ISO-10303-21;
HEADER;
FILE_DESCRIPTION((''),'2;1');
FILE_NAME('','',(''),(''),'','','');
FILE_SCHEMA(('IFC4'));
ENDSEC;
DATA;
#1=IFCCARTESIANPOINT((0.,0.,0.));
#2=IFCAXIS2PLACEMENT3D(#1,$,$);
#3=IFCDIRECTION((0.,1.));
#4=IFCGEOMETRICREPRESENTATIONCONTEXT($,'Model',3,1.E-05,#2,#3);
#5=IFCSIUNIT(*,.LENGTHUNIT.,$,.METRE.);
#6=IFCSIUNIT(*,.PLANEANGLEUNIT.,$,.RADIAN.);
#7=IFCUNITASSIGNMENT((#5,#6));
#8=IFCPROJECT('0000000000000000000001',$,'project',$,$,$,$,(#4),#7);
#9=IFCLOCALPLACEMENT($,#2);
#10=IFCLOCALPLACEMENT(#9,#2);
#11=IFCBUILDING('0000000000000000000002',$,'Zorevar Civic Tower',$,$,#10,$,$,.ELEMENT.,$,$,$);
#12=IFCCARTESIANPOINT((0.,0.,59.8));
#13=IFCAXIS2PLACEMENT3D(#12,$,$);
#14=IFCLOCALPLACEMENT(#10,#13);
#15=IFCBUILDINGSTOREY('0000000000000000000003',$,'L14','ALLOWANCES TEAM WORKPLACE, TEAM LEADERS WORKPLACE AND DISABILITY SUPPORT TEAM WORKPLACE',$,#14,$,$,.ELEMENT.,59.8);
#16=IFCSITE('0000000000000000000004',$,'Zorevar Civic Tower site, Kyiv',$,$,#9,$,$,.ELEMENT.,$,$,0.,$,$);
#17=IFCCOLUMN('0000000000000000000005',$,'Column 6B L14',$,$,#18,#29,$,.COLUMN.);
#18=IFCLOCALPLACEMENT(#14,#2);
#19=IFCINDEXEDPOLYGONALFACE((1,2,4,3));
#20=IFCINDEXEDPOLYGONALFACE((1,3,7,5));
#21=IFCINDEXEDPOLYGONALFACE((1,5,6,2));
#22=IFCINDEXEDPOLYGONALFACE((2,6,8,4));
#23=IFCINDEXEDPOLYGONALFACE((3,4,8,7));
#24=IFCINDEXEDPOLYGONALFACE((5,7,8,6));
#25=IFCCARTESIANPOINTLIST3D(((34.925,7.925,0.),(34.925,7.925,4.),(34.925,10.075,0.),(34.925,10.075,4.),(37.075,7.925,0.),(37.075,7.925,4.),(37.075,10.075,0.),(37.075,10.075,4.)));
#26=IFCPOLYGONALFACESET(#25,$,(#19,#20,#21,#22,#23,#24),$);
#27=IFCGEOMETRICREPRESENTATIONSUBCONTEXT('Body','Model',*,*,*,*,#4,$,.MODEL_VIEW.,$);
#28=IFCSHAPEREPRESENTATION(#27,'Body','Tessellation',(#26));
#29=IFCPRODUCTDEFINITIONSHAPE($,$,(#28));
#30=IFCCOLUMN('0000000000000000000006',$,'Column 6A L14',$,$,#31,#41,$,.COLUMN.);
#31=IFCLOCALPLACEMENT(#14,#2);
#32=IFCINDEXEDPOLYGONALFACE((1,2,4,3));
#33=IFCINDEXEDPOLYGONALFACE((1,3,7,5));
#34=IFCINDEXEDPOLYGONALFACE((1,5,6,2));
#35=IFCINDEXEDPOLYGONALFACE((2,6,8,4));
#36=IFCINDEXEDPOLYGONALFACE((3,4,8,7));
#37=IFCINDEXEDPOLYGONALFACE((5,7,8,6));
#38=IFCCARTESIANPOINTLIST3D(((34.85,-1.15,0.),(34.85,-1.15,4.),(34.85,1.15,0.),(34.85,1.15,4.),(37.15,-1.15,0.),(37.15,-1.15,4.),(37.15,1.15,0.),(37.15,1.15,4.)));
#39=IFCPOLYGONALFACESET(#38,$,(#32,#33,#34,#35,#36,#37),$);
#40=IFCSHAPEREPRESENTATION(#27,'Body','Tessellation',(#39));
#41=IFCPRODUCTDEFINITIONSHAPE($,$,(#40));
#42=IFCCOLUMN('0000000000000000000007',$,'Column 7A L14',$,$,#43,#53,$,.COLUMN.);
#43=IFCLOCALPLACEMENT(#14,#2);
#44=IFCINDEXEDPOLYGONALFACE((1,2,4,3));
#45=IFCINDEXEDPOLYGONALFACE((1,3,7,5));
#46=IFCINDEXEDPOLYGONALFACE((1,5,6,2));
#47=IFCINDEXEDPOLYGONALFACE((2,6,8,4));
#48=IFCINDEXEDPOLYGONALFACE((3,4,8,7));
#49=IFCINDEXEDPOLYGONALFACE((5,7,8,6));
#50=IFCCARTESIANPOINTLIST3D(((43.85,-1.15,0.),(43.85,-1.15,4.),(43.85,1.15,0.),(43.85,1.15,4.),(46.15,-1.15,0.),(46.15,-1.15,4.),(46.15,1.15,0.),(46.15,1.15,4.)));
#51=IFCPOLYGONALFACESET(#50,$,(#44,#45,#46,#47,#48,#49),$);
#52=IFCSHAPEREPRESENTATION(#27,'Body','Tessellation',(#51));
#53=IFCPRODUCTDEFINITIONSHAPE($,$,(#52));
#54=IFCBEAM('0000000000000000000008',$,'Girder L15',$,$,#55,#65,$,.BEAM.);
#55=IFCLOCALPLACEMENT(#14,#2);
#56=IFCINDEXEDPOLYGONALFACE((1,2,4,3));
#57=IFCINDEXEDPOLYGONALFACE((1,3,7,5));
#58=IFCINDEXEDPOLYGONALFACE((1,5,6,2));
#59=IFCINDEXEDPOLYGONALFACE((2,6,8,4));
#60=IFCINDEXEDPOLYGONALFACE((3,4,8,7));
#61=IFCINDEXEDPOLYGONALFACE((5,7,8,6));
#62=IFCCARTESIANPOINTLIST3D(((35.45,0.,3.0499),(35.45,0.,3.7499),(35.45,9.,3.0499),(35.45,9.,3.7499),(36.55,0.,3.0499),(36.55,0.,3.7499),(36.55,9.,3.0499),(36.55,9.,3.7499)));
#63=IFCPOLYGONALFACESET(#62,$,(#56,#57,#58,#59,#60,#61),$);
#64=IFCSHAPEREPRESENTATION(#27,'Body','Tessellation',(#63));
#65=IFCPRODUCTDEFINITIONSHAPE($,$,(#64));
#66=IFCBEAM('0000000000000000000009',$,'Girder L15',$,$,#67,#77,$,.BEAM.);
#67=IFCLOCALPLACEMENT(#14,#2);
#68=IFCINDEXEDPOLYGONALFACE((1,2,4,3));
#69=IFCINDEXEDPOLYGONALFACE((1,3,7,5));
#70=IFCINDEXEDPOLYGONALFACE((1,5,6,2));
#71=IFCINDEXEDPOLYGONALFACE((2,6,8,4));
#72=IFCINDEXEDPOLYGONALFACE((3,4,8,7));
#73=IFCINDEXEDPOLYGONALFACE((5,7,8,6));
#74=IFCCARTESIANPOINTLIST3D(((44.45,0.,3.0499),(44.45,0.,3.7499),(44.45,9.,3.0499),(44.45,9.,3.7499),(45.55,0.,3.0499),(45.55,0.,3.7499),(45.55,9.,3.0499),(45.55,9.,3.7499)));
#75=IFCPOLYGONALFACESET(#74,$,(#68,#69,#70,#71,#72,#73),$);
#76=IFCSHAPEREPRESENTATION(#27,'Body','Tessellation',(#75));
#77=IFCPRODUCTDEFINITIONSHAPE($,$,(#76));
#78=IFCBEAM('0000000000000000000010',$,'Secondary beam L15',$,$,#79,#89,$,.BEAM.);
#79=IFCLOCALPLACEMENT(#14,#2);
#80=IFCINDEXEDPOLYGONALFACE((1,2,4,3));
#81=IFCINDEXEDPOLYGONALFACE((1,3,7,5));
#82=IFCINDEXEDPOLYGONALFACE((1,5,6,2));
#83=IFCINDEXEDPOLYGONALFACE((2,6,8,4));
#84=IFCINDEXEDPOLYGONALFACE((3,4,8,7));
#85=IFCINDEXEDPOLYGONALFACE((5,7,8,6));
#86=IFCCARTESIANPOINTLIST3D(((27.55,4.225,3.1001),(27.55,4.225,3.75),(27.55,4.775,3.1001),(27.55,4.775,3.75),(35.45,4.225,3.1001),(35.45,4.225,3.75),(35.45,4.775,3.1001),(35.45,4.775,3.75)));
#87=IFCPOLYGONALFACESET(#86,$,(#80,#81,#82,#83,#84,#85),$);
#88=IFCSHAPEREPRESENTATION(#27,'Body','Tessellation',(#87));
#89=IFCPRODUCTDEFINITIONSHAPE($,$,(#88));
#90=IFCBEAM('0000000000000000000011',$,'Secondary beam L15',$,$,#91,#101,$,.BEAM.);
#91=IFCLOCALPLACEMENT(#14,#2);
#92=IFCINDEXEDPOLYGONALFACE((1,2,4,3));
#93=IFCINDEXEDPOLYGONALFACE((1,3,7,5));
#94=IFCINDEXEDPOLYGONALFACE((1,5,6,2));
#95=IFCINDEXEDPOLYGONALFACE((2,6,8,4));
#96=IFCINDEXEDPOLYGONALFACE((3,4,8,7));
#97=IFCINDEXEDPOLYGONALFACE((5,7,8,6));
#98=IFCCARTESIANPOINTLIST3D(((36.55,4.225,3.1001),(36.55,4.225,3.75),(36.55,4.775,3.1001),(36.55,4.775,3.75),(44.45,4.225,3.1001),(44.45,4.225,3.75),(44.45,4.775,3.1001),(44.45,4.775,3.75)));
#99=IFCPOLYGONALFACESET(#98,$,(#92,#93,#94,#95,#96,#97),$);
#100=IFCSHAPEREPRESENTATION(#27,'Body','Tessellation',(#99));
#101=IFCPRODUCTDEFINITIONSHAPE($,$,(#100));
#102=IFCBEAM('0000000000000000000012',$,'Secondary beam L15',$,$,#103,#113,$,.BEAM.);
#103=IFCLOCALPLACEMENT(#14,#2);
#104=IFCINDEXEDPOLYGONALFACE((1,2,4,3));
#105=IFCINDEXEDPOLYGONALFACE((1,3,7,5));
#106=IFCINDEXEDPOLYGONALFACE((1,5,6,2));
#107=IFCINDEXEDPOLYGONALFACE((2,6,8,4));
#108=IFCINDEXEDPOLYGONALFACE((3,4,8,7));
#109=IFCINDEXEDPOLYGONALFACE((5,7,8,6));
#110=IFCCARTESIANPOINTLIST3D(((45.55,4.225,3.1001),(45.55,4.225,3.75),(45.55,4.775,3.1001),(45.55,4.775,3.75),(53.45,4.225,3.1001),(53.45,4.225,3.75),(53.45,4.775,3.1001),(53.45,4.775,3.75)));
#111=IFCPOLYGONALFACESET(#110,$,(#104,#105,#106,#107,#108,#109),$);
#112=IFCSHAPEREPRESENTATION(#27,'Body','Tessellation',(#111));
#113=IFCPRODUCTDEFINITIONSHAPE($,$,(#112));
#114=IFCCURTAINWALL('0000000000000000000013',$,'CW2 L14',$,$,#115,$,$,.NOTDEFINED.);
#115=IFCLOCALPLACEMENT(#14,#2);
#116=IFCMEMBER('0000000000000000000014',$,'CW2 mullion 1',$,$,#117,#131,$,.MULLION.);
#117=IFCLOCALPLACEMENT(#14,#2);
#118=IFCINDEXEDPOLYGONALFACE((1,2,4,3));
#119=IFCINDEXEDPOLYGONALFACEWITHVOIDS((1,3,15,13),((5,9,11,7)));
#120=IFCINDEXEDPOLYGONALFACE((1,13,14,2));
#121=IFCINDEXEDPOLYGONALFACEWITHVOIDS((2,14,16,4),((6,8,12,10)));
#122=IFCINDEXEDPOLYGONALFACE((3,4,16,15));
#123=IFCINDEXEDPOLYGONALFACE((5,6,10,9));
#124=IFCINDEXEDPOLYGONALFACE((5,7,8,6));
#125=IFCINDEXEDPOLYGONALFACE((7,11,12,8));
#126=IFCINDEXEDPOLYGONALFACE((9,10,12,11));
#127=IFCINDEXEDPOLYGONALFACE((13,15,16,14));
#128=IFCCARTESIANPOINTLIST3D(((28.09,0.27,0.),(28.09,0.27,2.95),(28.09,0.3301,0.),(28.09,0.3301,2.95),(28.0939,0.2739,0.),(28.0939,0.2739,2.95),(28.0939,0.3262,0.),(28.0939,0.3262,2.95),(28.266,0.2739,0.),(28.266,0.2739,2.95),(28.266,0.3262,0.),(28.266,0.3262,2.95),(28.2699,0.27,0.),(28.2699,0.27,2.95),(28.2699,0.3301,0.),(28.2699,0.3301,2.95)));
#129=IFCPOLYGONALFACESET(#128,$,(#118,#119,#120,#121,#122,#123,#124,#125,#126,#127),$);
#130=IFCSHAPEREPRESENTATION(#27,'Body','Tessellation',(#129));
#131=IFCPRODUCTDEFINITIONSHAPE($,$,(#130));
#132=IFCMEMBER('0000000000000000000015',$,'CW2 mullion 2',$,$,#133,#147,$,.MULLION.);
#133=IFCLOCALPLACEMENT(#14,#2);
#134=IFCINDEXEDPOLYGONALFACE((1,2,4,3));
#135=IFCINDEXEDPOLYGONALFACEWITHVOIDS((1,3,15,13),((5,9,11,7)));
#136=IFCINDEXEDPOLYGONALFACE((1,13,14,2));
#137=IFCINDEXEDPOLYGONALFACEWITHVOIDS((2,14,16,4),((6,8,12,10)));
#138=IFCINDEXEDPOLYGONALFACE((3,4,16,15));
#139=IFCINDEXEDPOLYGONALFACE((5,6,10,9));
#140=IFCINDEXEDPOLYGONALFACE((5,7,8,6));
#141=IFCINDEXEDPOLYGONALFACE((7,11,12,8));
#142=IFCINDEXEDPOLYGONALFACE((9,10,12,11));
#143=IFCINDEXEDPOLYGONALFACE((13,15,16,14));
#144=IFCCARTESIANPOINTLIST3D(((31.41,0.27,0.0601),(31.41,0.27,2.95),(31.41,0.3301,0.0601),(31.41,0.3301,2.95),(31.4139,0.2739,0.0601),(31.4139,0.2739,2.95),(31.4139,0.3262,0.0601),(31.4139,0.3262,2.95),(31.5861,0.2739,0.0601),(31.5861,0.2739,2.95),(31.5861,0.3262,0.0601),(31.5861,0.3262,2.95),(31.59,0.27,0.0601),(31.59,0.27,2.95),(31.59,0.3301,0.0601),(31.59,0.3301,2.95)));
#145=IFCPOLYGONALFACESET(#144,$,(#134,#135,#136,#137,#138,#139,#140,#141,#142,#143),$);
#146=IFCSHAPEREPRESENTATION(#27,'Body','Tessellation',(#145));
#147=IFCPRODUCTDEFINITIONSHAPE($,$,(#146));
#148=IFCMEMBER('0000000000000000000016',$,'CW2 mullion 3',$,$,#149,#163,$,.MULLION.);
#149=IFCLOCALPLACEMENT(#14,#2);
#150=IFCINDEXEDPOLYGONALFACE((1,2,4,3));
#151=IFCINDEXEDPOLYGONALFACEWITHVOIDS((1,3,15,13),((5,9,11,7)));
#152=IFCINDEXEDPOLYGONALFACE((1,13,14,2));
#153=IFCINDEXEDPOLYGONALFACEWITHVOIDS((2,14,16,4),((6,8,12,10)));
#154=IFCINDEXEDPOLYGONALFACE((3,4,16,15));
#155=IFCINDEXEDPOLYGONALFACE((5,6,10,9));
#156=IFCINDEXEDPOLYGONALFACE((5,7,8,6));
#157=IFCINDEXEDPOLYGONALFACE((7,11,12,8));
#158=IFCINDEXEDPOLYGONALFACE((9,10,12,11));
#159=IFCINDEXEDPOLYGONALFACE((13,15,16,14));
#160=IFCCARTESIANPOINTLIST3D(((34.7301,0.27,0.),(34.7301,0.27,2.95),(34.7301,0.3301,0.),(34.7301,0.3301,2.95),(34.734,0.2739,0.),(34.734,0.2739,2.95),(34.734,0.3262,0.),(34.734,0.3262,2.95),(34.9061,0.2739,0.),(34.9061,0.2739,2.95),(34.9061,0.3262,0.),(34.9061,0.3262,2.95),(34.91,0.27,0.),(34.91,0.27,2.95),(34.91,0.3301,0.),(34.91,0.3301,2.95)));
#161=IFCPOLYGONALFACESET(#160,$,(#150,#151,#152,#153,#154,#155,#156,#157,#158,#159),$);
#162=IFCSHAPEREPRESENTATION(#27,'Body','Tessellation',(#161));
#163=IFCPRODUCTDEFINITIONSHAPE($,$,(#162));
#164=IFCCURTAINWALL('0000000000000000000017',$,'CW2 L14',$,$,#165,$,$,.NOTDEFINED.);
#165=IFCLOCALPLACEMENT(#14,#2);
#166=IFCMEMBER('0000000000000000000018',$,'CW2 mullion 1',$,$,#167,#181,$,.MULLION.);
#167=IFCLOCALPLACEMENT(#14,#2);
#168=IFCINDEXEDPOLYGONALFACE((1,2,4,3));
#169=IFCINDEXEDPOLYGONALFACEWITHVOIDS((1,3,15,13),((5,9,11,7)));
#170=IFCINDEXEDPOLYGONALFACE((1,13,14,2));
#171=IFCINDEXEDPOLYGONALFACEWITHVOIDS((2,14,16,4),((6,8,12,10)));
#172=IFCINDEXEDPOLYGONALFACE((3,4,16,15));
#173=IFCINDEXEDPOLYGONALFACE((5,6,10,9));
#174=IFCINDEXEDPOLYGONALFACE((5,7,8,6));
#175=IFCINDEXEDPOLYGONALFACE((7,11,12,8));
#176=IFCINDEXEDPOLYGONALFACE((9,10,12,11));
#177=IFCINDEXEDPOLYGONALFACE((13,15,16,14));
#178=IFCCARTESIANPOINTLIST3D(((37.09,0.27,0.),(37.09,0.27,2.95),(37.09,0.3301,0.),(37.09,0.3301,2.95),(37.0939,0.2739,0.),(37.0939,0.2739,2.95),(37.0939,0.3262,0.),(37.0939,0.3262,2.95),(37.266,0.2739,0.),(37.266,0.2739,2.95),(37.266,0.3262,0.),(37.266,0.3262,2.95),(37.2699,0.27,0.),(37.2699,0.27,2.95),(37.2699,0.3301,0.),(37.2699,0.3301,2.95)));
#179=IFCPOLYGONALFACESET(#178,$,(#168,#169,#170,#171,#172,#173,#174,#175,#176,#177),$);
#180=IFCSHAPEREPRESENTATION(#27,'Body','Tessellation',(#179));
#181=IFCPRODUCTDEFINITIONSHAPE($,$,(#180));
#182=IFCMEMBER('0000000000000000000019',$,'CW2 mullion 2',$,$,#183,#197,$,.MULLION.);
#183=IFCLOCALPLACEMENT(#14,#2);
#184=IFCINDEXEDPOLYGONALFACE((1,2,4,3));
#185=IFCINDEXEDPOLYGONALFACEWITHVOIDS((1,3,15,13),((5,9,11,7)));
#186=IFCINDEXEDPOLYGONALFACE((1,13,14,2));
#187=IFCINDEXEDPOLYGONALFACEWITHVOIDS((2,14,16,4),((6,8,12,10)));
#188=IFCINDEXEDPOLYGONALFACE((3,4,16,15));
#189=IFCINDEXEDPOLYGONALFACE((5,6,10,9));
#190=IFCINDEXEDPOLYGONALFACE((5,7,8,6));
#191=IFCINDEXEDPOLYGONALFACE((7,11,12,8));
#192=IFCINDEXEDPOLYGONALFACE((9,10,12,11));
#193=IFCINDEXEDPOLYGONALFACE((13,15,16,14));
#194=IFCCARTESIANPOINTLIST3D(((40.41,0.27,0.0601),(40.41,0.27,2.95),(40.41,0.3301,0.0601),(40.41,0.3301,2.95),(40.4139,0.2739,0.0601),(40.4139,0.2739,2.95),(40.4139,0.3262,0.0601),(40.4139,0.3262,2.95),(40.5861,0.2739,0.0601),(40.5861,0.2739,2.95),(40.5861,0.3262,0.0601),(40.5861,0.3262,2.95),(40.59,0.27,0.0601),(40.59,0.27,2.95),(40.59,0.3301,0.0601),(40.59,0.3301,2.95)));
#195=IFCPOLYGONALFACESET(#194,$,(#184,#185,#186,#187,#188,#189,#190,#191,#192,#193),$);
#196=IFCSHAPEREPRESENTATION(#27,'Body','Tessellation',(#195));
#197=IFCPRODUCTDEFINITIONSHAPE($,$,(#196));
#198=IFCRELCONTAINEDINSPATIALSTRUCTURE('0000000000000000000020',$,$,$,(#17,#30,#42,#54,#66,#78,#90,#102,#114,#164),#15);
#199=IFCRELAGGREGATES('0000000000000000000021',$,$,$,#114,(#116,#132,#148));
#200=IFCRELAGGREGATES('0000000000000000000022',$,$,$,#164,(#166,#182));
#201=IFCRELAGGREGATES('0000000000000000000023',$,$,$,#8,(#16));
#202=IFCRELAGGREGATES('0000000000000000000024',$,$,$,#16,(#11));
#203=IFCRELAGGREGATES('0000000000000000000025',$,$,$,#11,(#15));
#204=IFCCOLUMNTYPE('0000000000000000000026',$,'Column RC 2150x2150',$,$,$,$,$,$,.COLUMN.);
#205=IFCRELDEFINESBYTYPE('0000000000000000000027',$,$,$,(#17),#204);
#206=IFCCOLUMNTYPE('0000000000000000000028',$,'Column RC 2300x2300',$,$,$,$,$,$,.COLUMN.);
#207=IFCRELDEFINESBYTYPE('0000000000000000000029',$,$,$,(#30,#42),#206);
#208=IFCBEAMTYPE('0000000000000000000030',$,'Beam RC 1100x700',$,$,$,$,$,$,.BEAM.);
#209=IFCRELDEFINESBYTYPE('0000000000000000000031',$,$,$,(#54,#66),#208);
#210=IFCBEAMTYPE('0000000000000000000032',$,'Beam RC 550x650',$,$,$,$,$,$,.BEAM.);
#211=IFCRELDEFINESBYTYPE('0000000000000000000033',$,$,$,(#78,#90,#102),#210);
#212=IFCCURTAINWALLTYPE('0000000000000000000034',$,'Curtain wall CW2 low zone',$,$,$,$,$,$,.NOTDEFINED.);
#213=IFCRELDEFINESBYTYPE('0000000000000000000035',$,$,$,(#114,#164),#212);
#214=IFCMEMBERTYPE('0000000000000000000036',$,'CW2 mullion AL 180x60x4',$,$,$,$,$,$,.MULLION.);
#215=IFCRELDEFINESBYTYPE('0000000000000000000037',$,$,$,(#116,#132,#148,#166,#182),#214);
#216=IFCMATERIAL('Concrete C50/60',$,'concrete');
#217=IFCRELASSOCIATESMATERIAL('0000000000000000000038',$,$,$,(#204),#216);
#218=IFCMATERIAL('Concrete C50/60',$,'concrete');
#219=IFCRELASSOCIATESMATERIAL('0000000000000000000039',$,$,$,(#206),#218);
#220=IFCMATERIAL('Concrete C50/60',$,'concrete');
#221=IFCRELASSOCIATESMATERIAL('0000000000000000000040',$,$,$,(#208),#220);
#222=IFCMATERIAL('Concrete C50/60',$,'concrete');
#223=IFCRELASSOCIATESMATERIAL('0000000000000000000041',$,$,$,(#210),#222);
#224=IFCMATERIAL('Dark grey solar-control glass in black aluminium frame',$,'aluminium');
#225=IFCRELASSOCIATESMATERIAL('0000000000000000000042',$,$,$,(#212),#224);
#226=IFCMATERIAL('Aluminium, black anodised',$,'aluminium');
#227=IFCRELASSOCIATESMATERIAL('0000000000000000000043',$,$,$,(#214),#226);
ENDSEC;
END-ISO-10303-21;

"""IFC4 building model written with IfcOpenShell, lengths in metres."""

from ifc_helpers import new_model, si_unit, direction, frame, origin, origin_2d, place, context, subcontext, project, spatial, rectangle, hollow_rectangle, extrude, material, material_profile, profile_set, type_object, element, aggregate, save


model = new_model("IFC4")

# Units and contexts
model_context = context("Model", 3, precision=1e-05, world=origin(), true_north=direction((0.0, 1.0)))
body_context = subcontext(model_context, "Body", "Model", "MODEL_VIEW")
ifc_project = project(units=[si_unit("LENGTHUNIT", "METRE"), si_unit("PLANEANGLEUNIT", "RADIAN")], contexts=[model_context])

# Site, building, storey
site_placement = place(None, origin())
site = spatial("IfcSite", under=ifc_project, at=site_placement, Name="Zorevar Civic Tower site, Kyiv", CompositionType="ELEMENT", RefElevation=0.0)
building_placement = place(site_placement, origin())
building = spatial("IfcBuilding", under=site, at=building_placement, Name="Zorevar Civic Tower", CompositionType="ELEMENT")
storey_placement = place(building_placement, frame((0.0, 0.0, 59.8)))
storey = spatial("IfcBuildingStorey", under=building, at=storey_placement, Name="L14", Description="ALLOWANCES TEAM WORKPLACE, TEAM LEADERS WORKPLACE AND DISABILITY SUPPORT TEAM WORKPLACE", CompositionType="ELEMENT", Elevation=59.8)

# Columns
ifc_material_1 = material(Name="Concrete C50/60", Category="concrete")
ifc_material_profile_1 = material_profile(ifc_material_1, rectangle(XDim=2.1499, YDim=2.1499, at=origin_2d()), Name="RC 2150x2150")
ifc_profile_set_1 = profile_set([ifc_material_profile_1], Name="Concrete C50/60")
column_type_1 = type_object("IfcColumnType", Name="Column RC 2150x2150", PredefinedType="COLUMN", material=ifc_profile_set_1)
column_placement = place(storey_placement, frame((36.0, 9.0, 0.0), z_axis=(0.0, 0.0, 1.0), x_axis=(1.0, 0.0, 0.0)))
element("IfcColumn", 1, at=column_placement, inside=storey, type_object=column_type_1, Name="Column 6B L14", PredefinedType="COLUMN", context=body_context, shape_type="SweptSolid", body=[
    extrude(rectangle(XDim=2.1499, YDim=2.1499, at=origin_2d()), origin(), (0.0, 0.0, 1.0), 4.0),
])
ifc_material_2 = material(Name="Concrete C50/60", Category="concrete")
ifc_material_profile_2 = material_profile(ifc_material_2, rectangle(XDim=2.3, YDim=2.3, at=origin_2d()), Name="RC 2300x2300")
ifc_profile_set_2 = profile_set([ifc_material_profile_2], Name="Concrete C50/60")
column_type_2 = type_object("IfcColumnType", Name="Column RC 2300x2300", PredefinedType="COLUMN", material=ifc_profile_set_2)
for number, where, z_axis, x_axis, name in (
    (2, (36.0, 0.0, 0.0), (0.0, 0.0, 1.0), (1.0, 0.0, 0.0), "Column 6A L14"),
    (3, (45.0, 0.0, 0.0), (0.0, 0.0, 1.0), (1.0, 0.0, 0.0), "Column 7A L14"),
):
    element("IfcColumn", number, at=place(storey_placement, frame(where, z_axis=z_axis, x_axis=x_axis)), inside=storey, type_object=column_type_2, Name=name, PredefinedType="COLUMN", context=body_context, shape_type="SweptSolid", body=[
        extrude(rectangle(XDim=2.3, YDim=2.3, at=origin_2d()), origin(), (0.0, 0.0, 1.0), 4.0),
    ])

# Beams
ifc_material_3 = material(Name="Concrete C50/60", Category="concrete")
ifc_material_profile_3 = material_profile(ifc_material_3, rectangle(XDim=1.1001, YDim=0.7, at=origin_2d()), Name="RC 1100x700")
ifc_profile_set_3 = profile_set([ifc_material_profile_3], Name="Concrete C50/60")
beam_type_1 = type_object("IfcBeamType", Name="Beam RC 1100x700", PredefinedType="BEAM", material=ifc_profile_set_3)
for number, where, z_axis, x_axis, name in (
    (4, (36.0, 0.0, 3.3999), (0.0, 1.0, 0.0), (-1.0, 0.0, 0.0), "Girder L15"),
    (5, (45.0, 0.0, 3.3999), (0.0, 1.0, 0.0), (-1.0, 0.0, 0.0), "Girder L15"),
):
    element("IfcBeam", number, at=place(storey_placement, frame(where, z_axis=z_axis, x_axis=x_axis)), inside=storey, type_object=beam_type_1, Name=name, PredefinedType="BEAM", context=body_context, shape_type="SweptSolid", body=[
        extrude(rectangle(XDim=1.1001, YDim=0.7, at=origin_2d()), origin(), (0.0, 0.0, 1.0), 9.0),
    ])
ifc_material_4 = material(Name="Concrete C50/60", Category="concrete")
ifc_material_profile_4 = material_profile(ifc_material_4, rectangle(XDim=0.55, YDim=0.6499, at=origin_2d()), Name="RC 550x650")
ifc_profile_set_4 = profile_set([ifc_material_profile_4], Name="Concrete C50/60")
beam_type_2 = type_object("IfcBeamType", Name="Beam RC 550x650", PredefinedType="BEAM", material=ifc_profile_set_4)
for number, where, z_axis, x_axis, name in (
    (6, (27.55, 4.5, 3.425), (1.0, 0.0, 0.0), (0.0, 1.0, 0.0), "Secondary beam L15"),
    (7, (36.55, 4.5, 3.425), (1.0, 0.0, 0.0), (0.0, 1.0, 0.0), "Secondary beam L15"),
    (8, (45.55, 4.5, 3.425), (1.0, 0.0, 0.0), (0.0, 1.0, 0.0), "Secondary beam L15"),
):
    element("IfcBeam", number, at=place(storey_placement, frame(where, z_axis=z_axis, x_axis=x_axis)), inside=storey, type_object=beam_type_2, Name=name, PredefinedType="BEAM", context=body_context, shape_type="SweptSolid", body=[
        extrude(rectangle(XDim=0.55, YDim=0.6499, at=origin_2d()), origin(), (0.0, 0.0, 1.0), 7.8999),
    ])

# Curtain walls, members
ifc_material_5 = material(Name="Dark grey solar-control glass in black aluminium frame", Category="aluminium")
curtain_wall_type = type_object("IfcCurtainWallType", Name="Curtain wall CW2 low zone", PredefinedType="NOTDEFINED", material=ifc_material_5)
curtain_wall_1_placement = place(storey_placement, origin())
curtain_wall_1 = element("IfcCurtainWall", 9, at=curtain_wall_1_placement, inside=storey, type_object=curtain_wall_type, Name="CW2 L14", PredefinedType="NOTDEFINED")
ifc_material_6 = material(Name="Aluminium, black anodised", Category="aluminium")
ifc_material_profile_5 = material_profile(ifc_material_6, hollow_rectangle(XDim=0.0601, YDim=0.1799, WallThickness=0.0039, at=origin_2d()), Name="AL 180x60x4")
ifc_profile_set_5 = profile_set([ifc_material_profile_5], Name="Aluminium, black anodised")
member_type_1 = type_object("IfcMemberType", Name="CW2 mullion AL 180x60x4", PredefinedType="MULLION", material=ifc_profile_set_5)
member_1_placement = place(storey_placement, frame((28.1799, 0.3, 0.0), z_axis=(0.0, 0.0, 1.0), x_axis=(0.0, 1.0, 0.0)))
member_1 = element("IfcMember", 10, at=member_1_placement, type_object=member_type_1, Name="CW2 mullion 1", PredefinedType="MULLION", context=body_context, shape_type="SweptSolid", body=[
    extrude(hollow_rectangle(XDim=0.0601, YDim=0.1799, WallThickness=0.0039, at=origin_2d()), origin(), (0.0, 0.0, 1.0), 2.95),
])
member_2_placement = place(storey_placement, frame((31.5, 0.3, 0.0601), z_axis=(0.0, 0.0, 1.0), x_axis=(0.0, 1.0, 0.0)))
member_2 = element("IfcMember", 11, at=member_2_placement, type_object=member_type_1, Name="CW2 mullion 2", PredefinedType="MULLION", context=body_context, shape_type="SweptSolid", body=[
    extrude(hollow_rectangle(XDim=0.0601, YDim=0.1799, WallThickness=0.0039, at=origin_2d()), origin(), (0.0, 0.0, 1.0), 2.8899),
])
member_3_placement = place(storey_placement, frame((34.8201, 0.3, 0.0), z_axis=(0.0, 0.0, 1.0), x_axis=(0.0, 1.0, 0.0)))
member_3 = element("IfcMember", 12, at=member_3_placement, type_object=member_type_1, Name="CW2 mullion 3", PredefinedType="MULLION", context=body_context, shape_type="SweptSolid", body=[
    extrude(hollow_rectangle(XDim=0.0601, YDim=0.1799, WallThickness=0.0039, at=origin_2d()), origin(), (0.0, 0.0, 1.0), 2.95),
])
curtain_wall_2_placement = place(storey_placement, origin())
curtain_wall_2 = element("IfcCurtainWall", 13, at=curtain_wall_2_placement, inside=storey, type_object=curtain_wall_type, Name="CW2 L14", PredefinedType="NOTDEFINED")
member_4_placement = place(storey_placement, frame((37.1799, 0.3, 0.0), z_axis=(0.0, 0.0, 1.0), x_axis=(0.0, 1.0, 0.0)))
member_4 = element("IfcMember", 14, at=member_4_placement, type_object=member_type_1, Name="CW2 mullion 1", PredefinedType="MULLION", context=body_context, shape_type="SweptSolid", body=[
    extrude(hollow_rectangle(XDim=0.0601, YDim=0.1799, WallThickness=0.0039, at=origin_2d()), origin(), (0.0, 0.0, 1.0), 2.95),
])
member_5_placement = place(storey_placement, frame((40.5, 0.3, 0.0601), z_axis=(0.0, 0.0, 1.0), x_axis=(0.0, 1.0, 0.0)))
member_5 = element("IfcMember", 15, at=member_5_placement, type_object=member_type_1, Name="CW2 mullion 2", PredefinedType="MULLION", context=body_context, shape_type="SweptSolid", body=[
    extrude(hollow_rectangle(XDim=0.0601, YDim=0.1799, WallThickness=0.0039, at=origin_2d()), origin(), (0.0, 0.0, 1.0), 2.8899),
])

aggregate(curtain_wall_1, [member_1, member_2, member_3])
aggregate(curtain_wall_2, [member_4, member_5])

save(model, "model.ifc")
